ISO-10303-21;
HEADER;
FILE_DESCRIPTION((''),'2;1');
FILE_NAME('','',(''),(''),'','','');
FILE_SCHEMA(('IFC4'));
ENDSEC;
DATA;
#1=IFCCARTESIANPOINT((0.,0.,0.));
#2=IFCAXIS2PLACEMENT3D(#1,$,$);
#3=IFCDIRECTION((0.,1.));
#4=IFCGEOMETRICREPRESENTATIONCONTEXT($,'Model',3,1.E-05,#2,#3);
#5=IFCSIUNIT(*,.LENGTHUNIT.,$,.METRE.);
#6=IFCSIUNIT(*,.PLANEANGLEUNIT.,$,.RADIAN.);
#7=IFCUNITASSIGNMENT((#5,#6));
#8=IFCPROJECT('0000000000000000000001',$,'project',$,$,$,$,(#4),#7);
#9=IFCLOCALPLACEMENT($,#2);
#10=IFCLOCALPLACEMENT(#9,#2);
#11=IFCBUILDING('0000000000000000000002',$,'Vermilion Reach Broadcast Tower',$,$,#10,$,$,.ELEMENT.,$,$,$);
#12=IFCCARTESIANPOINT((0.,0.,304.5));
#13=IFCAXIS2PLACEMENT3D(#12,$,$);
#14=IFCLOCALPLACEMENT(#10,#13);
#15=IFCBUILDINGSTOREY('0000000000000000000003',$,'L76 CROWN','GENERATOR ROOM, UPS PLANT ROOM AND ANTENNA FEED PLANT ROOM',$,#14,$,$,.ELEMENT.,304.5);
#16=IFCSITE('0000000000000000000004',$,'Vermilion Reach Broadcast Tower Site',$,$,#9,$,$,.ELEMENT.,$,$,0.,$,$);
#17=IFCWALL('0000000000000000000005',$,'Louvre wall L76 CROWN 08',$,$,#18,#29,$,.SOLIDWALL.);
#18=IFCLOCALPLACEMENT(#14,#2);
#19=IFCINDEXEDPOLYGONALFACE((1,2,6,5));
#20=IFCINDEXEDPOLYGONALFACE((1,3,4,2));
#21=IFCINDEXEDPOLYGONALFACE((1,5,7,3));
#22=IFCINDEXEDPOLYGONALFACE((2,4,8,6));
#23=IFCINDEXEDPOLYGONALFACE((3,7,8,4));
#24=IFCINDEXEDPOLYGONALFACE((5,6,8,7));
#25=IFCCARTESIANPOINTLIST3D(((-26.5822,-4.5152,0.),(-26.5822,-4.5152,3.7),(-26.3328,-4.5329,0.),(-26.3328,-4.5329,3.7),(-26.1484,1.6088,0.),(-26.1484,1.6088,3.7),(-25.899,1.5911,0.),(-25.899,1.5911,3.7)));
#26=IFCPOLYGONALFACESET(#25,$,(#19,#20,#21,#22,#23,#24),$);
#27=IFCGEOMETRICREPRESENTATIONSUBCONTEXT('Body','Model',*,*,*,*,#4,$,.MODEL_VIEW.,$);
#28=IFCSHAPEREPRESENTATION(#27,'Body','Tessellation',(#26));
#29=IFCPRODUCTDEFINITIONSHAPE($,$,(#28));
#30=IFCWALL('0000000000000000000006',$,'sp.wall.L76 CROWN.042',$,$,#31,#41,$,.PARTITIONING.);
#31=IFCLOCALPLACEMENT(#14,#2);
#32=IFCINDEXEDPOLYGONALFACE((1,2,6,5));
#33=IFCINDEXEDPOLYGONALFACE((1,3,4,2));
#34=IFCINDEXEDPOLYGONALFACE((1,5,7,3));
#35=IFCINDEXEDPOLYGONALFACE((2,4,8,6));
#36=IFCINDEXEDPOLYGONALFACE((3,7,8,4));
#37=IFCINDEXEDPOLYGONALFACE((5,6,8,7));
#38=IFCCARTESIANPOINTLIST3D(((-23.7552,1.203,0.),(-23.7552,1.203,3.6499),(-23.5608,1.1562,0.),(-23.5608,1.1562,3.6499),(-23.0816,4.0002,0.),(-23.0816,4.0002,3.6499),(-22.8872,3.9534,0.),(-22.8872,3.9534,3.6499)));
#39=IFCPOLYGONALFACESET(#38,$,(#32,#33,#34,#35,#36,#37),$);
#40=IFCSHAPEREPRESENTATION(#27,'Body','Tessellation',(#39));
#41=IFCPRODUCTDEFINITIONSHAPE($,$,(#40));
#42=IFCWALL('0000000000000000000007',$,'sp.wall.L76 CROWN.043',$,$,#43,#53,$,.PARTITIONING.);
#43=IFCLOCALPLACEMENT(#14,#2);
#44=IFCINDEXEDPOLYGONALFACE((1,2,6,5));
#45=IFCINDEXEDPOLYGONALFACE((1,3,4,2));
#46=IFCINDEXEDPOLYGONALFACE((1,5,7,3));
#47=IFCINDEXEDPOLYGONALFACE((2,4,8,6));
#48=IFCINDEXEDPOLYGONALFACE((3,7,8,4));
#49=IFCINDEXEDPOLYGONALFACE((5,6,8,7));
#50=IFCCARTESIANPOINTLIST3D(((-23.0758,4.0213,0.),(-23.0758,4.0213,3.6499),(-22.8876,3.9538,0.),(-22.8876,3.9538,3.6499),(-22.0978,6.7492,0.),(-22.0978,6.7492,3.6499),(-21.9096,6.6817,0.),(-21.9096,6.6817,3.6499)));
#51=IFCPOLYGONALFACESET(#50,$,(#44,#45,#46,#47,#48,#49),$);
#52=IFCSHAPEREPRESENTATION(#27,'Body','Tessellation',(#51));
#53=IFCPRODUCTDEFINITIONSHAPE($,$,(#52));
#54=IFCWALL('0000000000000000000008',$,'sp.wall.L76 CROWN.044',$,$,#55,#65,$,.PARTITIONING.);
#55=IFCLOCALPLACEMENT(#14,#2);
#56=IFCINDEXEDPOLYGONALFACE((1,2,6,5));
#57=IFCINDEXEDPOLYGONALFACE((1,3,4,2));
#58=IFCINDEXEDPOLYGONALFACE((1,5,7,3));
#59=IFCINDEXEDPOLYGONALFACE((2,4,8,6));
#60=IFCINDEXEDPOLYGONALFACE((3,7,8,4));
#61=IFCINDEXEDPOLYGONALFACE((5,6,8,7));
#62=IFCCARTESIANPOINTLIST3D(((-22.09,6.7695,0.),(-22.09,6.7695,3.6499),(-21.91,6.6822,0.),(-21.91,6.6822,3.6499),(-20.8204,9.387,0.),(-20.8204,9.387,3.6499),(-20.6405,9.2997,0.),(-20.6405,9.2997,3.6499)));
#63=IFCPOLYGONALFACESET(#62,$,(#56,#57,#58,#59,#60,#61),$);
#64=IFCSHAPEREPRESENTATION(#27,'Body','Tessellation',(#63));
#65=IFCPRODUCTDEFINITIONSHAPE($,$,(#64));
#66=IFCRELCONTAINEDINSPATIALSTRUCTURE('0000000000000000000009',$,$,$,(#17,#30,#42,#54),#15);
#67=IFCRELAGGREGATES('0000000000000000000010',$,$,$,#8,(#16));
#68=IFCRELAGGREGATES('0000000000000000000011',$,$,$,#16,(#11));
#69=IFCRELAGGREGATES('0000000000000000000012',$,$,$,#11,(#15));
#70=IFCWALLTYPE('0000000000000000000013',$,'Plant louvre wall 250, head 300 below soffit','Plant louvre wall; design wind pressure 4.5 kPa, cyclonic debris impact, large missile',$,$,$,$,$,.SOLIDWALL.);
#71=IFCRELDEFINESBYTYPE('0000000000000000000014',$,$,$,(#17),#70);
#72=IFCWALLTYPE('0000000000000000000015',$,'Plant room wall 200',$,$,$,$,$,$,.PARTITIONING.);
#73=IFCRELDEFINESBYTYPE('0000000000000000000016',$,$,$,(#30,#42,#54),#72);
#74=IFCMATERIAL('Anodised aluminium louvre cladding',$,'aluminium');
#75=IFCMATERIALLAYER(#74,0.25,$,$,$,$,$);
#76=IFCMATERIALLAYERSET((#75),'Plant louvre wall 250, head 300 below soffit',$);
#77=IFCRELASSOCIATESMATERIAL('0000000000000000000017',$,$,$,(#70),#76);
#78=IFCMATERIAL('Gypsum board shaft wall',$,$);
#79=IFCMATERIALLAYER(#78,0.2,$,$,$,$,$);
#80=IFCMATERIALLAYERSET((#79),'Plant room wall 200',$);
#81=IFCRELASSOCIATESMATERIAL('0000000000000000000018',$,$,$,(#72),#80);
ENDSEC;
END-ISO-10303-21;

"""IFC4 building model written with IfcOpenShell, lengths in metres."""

from ifc_helpers import new_model, si_unit, direction, frame, frame_2d, origin, place, context, subcontext, project, spatial, rectangle, extrude, material, layer, layer_set, type_object, element, save


model = new_model("IFC4")

# Units and contexts
model_context = context("Model", 3, precision=1e-05, world=origin(), true_north=direction((0.0, 1.0)))
body_context = subcontext(model_context, "Body", "Model", "MODEL_VIEW")
ifc_project = project(units=[si_unit("LENGTHUNIT", "METRE"), si_unit("PLANEANGLEUNIT", "RADIAN")], contexts=[model_context])

# Site, building, storey
site_placement = place(None, origin())
site = spatial("IfcSite", under=ifc_project, at=site_placement, Name="Vermilion Reach Broadcast Tower Site", CompositionType="ELEMENT", RefElevation=0.0)
building_placement = place(site_placement, origin())
building = spatial("IfcBuilding", under=site, at=building_placement, Name="Vermilion Reach Broadcast Tower", CompositionType="ELEMENT")
storey_placement = place(building_placement, frame((0.0, 0.0, 304.5)))
storey = spatial("IfcBuildingStorey", under=building, at=storey_placement, Name="L76 CROWN", Description="GENERATOR ROOM, UPS PLANT ROOM AND ANTENNA FEED PLANT ROOM", CompositionType="ELEMENT", Elevation=304.5)

# Walls
ifc_material_1 = material(Name="Anodised aluminium louvre cladding", Category="aluminium")
ifc_layer_1 = layer(ifc_material_1, 0.25)
ifc_layer_set_1 = layer_set([ifc_layer_1], Name="Plant louvre wall 250, head 300 below soffit")
wall_type_1 = type_object("IfcWallType", Name="Plant louvre wall 250, head 300 below soffit", Description="Plant louvre wall; design wind pressure 4.5 kPa, cyclonic debris impact, large missile", PredefinedType="SOLIDWALL", material=ifc_layer_set_1)
wall_1_placement = place(storey_placement, frame((-26.0237, 1.6001, 0.0), z_axis=(0.0, 0.0, 1.0), x_axis=(-0.070665, -0.9975, 0.0)))
element("IfcWall", 1, at=wall_1_placement, inside=storey, type_object=wall_type_1, Name="Louvre wall L76 CROWN 08", PredefinedType="SOLIDWALL", context=body_context, shape_type="SweptSolid", body=[
    extrude(rectangle(XDim=6.1394, YDim=0.25, at=frame_2d((3.0698, 0.0))), origin(), (0.0, 0.0, 1.0), 3.7),
])
ifc_material_2 = material(Name="Gypsum board shaft wall")
ifc_layer_2 = layer(ifc_material_2, 0.2)
ifc_layer_set_2 = layer_set([ifc_layer_2], Name="Plant room wall 200")
wall_type_2 = type_object("IfcWallType", Name="Plant room wall 200", PredefinedType="PARTITIONING", material=ifc_layer_set_2)
wall_2_placement = place(storey_placement, frame((-23.658, 1.1797, 0.0), z_axis=(0.0, 0.0, 1.0), x_axis=(0.234121, 0.972208, 0.0)))
element("IfcWall", 2, at=wall_2_placement, inside=storey, type_object=wall_type_2, Name="sp.wall.L76 CROWN.042", PredefinedType="PARTITIONING", context=body_context, shape_type="SweptSolid", body=[
    extrude(rectangle(XDim=2.8772, YDim=0.2, at=frame_2d((1.4385, 0.0))), origin(), (0.0, 0.0, 1.0), 3.6499),
])
wall_3_placement = place(storey_placement, frame((-22.9817, 3.9875, 0.0), z_axis=(0.0, 0.0, 1.0), x_axis=(0.337478, 0.941333, 0.0)))
element("IfcWall", 3, at=wall_3_placement, inside=storey, type_object=wall_type_2, Name="sp.wall.L76 CROWN.043", PredefinedType="PARTITIONING", context=body_context, shape_type="SweptSolid", body=[
    extrude(rectangle(XDim=2.8979, YDim=0.2, at=frame_2d((1.449, 0.0))), origin(), (0.0, 0.0, 1.0), 3.6499),
])
wall_4_placement = place(storey_placement, frame((-22.0, 6.7258, 0.0), z_axis=(0.0, 0.0, 1.0), x_axis=(0.436405, 0.89975, 0.0)))
element("IfcWall", 4, at=wall_4_placement, inside=storey, type_object=wall_type_2, Name="sp.wall.L76 CROWN.044", PredefinedType="PARTITIONING", context=body_context, shape_type="SweptSolid", body=[
    extrude(rectangle(XDim=2.9092, YDim=0.2, at=frame_2d((1.4546, 0.0))), origin(), (0.0, 0.0, 1.0), 3.6499),
])

save(model, "model.ifc")
